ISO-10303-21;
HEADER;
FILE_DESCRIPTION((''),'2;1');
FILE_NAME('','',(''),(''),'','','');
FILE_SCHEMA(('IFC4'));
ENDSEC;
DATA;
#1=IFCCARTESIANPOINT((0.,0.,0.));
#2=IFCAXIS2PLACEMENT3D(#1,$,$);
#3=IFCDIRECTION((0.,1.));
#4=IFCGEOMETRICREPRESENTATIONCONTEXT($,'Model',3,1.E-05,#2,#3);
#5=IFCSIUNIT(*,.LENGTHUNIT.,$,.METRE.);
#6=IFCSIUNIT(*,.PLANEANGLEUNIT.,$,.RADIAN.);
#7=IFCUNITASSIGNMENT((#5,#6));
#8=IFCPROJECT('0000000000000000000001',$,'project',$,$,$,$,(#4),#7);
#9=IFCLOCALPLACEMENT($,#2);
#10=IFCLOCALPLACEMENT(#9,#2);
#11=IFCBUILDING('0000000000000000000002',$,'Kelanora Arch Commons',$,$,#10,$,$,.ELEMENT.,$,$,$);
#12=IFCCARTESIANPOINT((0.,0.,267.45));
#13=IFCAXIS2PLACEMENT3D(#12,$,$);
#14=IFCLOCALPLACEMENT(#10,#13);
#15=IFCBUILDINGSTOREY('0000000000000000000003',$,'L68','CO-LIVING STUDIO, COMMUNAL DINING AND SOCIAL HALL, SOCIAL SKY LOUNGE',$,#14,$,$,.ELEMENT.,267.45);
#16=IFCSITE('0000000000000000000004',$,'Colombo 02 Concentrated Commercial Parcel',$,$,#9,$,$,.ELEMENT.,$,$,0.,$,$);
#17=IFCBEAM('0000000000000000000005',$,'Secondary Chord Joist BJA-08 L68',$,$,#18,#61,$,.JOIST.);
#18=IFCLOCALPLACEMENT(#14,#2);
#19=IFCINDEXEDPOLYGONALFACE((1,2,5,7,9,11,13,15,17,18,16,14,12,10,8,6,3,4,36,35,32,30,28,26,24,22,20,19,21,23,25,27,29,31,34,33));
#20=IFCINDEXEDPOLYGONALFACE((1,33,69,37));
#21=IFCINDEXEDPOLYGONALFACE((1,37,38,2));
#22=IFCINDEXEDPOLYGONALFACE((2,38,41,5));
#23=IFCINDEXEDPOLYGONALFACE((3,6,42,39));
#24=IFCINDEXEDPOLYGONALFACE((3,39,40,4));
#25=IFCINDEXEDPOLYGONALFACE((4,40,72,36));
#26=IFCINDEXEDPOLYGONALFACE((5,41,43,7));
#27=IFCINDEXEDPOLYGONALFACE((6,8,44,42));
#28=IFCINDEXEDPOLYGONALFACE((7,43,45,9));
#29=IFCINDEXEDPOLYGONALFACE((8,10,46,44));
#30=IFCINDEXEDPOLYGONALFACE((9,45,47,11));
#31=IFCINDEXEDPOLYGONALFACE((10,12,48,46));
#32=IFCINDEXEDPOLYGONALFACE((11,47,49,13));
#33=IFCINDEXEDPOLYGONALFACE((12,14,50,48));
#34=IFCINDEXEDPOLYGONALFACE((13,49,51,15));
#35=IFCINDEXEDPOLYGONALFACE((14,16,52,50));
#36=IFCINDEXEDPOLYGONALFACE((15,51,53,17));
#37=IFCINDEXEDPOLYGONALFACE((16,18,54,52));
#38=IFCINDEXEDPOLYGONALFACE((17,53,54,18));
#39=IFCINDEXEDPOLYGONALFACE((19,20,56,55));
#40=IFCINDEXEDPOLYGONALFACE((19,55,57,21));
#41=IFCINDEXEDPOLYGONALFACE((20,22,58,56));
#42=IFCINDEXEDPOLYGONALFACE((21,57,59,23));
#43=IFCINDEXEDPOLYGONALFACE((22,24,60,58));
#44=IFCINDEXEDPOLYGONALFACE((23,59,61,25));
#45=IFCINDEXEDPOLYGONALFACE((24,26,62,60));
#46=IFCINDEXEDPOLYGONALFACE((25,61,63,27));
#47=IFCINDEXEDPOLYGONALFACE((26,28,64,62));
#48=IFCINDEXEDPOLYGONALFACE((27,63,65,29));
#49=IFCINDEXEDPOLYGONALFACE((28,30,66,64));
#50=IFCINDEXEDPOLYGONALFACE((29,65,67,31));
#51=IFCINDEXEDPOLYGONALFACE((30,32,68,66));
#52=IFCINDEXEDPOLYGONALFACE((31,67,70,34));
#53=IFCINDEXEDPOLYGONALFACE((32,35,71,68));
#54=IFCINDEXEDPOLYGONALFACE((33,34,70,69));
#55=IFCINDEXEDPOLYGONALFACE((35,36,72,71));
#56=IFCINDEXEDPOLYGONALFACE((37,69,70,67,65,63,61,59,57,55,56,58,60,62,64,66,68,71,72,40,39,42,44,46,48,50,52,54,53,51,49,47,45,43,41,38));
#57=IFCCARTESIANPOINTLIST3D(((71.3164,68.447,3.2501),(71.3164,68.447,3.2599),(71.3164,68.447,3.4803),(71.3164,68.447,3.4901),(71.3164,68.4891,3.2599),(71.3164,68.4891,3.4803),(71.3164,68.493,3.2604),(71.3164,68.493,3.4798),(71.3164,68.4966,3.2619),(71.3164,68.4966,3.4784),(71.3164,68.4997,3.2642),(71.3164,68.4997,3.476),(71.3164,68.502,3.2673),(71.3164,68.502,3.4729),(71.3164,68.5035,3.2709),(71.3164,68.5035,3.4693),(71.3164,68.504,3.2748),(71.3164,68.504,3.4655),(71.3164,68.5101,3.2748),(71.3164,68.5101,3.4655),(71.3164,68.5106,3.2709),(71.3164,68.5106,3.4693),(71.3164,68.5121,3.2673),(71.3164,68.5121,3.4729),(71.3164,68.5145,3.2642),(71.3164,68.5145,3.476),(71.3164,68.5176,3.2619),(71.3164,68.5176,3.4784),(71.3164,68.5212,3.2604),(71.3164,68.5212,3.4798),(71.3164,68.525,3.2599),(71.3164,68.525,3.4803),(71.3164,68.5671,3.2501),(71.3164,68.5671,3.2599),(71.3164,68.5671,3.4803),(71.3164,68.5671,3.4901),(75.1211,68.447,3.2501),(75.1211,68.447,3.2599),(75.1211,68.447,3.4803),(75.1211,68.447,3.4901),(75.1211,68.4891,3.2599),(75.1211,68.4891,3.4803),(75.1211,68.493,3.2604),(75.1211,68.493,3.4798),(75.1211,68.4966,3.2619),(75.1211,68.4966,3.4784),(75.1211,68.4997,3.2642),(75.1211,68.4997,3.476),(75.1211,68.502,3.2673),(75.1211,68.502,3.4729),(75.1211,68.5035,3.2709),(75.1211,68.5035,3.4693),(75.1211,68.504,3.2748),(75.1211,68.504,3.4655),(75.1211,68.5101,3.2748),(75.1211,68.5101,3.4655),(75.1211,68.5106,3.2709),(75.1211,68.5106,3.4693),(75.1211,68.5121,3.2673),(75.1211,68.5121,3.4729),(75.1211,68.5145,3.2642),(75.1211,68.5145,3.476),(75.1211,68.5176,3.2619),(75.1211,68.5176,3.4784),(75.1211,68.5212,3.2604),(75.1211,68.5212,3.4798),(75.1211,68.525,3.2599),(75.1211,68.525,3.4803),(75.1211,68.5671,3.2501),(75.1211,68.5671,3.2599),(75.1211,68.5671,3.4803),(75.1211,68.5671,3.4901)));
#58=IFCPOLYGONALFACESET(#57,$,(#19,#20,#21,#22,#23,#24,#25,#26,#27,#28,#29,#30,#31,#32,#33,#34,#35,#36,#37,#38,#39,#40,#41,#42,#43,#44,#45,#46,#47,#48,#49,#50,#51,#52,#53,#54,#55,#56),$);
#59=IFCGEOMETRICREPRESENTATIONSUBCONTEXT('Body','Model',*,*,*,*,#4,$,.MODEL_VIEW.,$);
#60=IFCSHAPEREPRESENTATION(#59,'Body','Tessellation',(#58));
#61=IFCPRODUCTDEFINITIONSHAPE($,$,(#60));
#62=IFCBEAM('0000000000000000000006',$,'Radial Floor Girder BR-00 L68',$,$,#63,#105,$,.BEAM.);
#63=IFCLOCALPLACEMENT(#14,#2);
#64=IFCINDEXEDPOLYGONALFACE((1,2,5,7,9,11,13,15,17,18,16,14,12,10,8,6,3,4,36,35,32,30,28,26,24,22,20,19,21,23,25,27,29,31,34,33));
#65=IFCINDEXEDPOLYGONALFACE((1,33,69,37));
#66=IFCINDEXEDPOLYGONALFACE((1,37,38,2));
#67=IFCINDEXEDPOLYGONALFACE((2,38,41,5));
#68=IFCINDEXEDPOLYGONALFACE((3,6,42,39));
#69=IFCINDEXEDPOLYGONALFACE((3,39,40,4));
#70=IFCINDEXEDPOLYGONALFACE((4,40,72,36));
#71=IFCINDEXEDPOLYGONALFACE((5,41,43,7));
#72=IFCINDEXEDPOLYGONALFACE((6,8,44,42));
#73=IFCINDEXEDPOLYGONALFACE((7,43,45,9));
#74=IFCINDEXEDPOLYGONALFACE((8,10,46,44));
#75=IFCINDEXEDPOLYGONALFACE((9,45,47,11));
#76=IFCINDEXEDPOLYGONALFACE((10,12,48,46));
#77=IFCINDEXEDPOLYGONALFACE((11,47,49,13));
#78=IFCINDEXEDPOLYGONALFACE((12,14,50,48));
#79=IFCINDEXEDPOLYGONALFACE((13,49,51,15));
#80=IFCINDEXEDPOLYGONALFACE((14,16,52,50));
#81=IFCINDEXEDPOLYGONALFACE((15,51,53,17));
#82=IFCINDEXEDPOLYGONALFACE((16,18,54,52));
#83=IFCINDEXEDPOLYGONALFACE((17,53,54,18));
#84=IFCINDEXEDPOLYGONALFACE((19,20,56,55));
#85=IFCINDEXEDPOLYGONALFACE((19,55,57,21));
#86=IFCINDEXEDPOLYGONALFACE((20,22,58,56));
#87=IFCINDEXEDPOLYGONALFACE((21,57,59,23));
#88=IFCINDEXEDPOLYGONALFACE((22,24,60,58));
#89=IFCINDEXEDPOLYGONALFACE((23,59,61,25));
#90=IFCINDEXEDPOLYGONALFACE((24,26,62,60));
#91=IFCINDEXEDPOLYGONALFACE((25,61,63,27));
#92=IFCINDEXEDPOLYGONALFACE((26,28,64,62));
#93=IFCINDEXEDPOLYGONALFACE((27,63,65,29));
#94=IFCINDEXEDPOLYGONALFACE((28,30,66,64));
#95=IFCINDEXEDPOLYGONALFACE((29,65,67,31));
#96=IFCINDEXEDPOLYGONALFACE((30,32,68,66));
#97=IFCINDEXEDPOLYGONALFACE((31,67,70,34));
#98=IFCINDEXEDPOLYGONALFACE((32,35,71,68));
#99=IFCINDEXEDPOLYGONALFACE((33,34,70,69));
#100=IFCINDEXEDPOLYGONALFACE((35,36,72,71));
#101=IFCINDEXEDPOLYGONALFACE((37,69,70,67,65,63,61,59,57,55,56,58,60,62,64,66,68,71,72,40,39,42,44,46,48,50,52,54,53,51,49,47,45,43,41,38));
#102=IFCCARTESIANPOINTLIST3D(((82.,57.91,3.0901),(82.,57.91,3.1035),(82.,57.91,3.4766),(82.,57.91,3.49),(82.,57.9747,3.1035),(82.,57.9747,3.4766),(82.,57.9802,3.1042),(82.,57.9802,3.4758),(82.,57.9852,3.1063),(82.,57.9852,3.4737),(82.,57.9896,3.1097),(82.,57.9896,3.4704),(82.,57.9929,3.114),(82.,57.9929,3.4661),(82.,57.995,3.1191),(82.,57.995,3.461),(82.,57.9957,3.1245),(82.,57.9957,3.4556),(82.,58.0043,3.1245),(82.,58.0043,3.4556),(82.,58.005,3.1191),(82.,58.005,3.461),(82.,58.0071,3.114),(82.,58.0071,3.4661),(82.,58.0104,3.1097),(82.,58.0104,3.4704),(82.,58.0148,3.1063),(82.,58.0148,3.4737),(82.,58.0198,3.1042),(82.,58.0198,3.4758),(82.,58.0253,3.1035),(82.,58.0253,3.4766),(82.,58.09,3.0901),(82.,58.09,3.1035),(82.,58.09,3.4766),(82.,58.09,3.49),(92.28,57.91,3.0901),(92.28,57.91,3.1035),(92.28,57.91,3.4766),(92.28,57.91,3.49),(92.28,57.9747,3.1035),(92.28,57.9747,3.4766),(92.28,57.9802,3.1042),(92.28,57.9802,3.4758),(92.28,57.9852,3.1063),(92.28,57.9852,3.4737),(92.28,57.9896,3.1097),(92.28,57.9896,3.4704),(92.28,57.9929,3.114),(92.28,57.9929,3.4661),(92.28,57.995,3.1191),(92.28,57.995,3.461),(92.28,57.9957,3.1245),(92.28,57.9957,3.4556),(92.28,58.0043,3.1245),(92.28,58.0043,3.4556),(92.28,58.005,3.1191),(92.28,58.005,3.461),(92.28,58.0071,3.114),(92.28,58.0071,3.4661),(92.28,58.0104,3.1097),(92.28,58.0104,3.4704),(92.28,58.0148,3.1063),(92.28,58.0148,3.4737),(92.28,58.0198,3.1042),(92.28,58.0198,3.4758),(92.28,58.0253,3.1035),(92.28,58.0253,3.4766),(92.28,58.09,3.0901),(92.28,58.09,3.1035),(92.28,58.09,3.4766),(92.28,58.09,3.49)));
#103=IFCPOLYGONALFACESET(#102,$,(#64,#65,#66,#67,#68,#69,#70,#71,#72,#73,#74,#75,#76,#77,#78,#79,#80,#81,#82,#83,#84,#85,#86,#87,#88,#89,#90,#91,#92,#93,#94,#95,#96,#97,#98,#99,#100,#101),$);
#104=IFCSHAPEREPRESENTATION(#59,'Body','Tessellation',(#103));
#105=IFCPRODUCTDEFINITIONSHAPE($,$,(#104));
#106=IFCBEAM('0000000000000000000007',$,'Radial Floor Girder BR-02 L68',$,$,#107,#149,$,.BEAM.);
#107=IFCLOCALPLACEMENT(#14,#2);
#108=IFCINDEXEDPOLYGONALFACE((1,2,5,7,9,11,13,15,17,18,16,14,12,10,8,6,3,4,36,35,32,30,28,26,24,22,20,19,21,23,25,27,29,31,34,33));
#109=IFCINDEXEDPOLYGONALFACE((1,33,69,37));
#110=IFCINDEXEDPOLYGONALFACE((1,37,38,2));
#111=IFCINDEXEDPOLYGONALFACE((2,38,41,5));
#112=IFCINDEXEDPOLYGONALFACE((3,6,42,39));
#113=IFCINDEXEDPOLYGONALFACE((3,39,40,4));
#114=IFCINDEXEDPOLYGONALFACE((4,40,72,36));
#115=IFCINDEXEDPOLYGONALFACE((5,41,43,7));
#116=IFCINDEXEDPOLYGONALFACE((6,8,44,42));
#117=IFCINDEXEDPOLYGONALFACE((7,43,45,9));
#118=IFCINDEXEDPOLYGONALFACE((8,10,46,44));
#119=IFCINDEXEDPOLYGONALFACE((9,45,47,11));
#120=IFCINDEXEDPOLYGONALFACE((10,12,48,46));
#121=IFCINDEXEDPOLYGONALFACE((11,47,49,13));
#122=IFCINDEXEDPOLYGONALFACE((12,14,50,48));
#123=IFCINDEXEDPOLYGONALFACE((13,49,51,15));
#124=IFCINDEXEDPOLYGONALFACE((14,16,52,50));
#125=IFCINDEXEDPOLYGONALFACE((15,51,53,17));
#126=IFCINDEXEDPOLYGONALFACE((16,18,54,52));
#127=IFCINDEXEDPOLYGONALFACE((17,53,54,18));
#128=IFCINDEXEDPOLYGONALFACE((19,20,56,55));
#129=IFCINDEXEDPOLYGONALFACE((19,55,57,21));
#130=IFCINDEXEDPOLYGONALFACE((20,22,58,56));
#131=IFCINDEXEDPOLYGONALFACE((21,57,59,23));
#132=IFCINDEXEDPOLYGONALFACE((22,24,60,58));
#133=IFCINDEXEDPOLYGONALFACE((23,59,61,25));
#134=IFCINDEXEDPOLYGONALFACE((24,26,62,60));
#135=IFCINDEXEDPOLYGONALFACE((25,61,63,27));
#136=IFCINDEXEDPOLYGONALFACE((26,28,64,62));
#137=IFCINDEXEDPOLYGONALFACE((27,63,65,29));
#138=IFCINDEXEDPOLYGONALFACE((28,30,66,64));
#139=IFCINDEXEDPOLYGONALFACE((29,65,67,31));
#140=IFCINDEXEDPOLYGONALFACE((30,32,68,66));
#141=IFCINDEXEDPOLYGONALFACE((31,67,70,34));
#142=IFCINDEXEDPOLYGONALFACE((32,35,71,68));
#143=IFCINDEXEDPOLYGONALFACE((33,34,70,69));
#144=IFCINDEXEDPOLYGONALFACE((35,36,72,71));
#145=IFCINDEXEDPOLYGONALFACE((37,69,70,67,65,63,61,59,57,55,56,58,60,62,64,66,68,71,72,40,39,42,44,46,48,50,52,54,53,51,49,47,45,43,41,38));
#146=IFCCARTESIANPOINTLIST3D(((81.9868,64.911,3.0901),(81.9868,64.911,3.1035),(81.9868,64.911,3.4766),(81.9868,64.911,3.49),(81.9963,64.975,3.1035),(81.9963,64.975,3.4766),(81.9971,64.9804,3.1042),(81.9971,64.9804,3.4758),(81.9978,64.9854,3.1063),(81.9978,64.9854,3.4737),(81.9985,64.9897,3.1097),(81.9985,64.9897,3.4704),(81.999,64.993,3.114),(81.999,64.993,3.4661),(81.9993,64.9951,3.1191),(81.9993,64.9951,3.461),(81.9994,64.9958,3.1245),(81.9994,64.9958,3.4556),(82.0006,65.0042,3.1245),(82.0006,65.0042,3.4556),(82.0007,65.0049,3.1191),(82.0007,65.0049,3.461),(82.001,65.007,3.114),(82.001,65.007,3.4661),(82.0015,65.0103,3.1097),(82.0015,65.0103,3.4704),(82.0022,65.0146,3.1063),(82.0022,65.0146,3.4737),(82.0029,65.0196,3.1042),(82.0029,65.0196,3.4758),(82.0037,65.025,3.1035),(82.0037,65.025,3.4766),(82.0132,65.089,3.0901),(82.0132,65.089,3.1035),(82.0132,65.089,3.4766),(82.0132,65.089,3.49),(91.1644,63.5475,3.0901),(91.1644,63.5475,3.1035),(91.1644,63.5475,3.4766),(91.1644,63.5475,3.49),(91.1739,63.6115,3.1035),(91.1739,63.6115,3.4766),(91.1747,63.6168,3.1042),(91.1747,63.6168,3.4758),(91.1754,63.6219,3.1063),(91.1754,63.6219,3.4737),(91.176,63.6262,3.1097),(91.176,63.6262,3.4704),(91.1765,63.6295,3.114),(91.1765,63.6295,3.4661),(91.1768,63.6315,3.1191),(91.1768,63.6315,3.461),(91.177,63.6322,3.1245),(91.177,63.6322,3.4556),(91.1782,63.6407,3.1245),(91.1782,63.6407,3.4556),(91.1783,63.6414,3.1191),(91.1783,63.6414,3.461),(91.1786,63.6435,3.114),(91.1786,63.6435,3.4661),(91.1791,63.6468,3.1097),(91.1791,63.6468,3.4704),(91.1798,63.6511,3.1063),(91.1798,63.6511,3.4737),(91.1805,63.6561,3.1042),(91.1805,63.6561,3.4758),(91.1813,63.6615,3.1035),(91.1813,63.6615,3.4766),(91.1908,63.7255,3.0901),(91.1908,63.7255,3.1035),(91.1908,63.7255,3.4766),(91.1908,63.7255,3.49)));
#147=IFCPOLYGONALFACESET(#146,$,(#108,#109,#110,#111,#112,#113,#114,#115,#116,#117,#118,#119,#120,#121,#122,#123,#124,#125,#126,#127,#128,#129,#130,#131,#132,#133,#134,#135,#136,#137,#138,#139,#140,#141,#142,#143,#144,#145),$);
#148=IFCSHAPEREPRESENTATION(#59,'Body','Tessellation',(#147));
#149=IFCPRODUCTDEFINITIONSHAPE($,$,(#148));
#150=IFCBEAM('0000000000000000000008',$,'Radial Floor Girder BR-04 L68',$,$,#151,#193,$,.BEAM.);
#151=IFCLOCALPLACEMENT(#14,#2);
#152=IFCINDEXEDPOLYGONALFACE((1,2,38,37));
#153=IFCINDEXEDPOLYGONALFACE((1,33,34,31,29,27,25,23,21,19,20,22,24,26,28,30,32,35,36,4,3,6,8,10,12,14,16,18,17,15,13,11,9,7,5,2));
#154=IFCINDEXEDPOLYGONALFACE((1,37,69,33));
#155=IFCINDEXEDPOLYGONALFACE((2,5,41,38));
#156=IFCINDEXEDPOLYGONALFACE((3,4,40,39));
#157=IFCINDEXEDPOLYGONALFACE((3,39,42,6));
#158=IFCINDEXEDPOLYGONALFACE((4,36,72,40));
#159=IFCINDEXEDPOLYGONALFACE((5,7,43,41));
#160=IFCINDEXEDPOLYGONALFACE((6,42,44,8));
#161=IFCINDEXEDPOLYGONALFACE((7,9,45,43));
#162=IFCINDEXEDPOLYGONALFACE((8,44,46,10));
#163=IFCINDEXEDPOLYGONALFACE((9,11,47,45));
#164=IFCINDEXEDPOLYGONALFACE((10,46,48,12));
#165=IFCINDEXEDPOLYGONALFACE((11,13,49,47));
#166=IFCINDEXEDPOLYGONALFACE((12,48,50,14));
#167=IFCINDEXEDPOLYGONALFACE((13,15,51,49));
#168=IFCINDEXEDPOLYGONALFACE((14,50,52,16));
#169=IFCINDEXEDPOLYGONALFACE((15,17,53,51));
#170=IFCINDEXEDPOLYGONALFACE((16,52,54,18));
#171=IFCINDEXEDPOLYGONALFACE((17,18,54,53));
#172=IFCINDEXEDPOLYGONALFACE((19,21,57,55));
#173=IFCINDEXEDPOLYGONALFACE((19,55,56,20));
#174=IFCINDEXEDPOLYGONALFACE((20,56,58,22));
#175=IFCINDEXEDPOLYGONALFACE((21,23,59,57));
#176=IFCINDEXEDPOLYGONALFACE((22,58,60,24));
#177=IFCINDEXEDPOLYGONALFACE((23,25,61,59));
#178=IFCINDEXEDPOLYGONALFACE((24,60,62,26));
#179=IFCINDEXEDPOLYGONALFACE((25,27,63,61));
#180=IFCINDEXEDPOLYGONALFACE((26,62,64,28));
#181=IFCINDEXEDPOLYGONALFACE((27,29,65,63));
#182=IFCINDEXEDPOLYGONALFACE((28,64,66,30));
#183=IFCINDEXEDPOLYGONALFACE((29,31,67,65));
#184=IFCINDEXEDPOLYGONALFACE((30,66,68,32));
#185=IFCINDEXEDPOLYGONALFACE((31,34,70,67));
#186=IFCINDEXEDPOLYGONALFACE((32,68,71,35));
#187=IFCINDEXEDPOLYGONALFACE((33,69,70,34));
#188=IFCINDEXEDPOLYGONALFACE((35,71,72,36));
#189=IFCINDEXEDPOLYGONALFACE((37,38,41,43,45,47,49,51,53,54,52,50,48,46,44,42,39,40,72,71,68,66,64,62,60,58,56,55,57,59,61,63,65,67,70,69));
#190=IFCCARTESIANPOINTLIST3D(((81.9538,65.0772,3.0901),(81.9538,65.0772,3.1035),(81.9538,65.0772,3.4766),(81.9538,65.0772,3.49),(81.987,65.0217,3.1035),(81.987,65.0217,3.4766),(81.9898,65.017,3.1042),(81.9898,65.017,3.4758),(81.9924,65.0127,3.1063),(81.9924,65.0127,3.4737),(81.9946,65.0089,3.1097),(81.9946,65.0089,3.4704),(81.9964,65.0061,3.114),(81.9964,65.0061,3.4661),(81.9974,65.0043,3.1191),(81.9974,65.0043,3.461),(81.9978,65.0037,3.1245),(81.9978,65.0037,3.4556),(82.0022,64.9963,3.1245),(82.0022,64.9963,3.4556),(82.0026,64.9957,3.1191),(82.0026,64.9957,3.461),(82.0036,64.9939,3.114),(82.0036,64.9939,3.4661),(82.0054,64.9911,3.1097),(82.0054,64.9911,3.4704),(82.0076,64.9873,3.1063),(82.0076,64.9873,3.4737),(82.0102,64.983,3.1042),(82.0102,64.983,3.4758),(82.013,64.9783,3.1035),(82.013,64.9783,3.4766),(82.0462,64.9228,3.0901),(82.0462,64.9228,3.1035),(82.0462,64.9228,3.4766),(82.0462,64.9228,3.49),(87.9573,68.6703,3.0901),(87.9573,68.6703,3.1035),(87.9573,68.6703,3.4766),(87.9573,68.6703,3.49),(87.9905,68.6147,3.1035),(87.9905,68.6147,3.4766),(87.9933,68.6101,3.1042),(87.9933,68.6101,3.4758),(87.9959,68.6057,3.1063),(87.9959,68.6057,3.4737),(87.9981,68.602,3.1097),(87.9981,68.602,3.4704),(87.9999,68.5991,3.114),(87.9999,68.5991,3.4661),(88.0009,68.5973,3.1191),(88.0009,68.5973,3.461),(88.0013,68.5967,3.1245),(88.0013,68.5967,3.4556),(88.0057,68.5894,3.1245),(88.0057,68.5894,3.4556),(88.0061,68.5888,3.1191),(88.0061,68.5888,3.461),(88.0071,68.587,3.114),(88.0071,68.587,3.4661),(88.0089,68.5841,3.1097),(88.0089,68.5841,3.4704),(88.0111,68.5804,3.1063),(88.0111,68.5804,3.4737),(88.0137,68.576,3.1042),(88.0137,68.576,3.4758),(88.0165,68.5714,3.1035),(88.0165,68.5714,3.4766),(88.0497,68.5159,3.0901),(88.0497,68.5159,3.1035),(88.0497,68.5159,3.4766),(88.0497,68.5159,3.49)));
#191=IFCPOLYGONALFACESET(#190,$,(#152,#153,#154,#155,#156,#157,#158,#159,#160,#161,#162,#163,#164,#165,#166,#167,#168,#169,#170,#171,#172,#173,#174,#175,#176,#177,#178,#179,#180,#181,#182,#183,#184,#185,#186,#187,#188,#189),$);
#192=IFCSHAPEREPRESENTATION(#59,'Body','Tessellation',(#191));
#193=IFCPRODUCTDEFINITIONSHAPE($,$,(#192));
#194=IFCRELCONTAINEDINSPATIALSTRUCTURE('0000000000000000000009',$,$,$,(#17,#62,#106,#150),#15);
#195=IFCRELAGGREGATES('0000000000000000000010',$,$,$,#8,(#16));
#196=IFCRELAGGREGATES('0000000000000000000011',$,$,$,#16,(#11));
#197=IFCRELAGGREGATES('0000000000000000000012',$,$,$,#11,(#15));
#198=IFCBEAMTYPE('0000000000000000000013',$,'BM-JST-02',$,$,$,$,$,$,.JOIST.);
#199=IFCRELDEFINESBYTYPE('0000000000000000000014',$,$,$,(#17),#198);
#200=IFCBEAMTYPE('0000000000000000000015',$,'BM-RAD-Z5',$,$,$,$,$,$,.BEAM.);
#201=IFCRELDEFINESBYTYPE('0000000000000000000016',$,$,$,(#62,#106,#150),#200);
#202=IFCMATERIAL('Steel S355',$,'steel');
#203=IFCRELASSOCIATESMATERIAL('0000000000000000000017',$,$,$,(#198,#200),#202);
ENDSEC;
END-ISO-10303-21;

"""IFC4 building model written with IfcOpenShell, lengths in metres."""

from ifc_helpers import new_model, si_unit, direction, frame, origin, origin_2d, place, context, subcontext, project, spatial, i_section, extrude, material, material_profile, profile_set, type_object, element, save


model = new_model("IFC4")

# Units and contexts
model_context = context("Model", 3, precision=1e-05, world=origin(), true_north=direction((0.0, 1.0)))
body_context = subcontext(model_context, "Body", "Model", "MODEL_VIEW")
ifc_project = project(units=[si_unit("LENGTHUNIT", "METRE"), si_unit("PLANEANGLEUNIT", "RADIAN")], contexts=[model_context])

# Site, building, storey
site_placement = place(None, origin())
site = spatial("IfcSite", under=ifc_project, at=site_placement, Name="Colombo 02 Concentrated Commercial Parcel", CompositionType="ELEMENT", RefElevation=0.0)
building_placement = place(site_placement, origin())
building = spatial("IfcBuilding", under=site, at=building_placement, Name="Kelanora Arch Commons", CompositionType="ELEMENT")
storey_placement = place(building_placement, frame((0.0, 0.0, 267.45)))
storey = spatial("IfcBuildingStorey", under=building, at=storey_placement, Name="L68", Description="CO-LIVING STUDIO, COMMUNAL DINING AND SOCIAL HALL, SOCIAL SKY LOUNGE", CompositionType="ELEMENT", Elevation=267.45)

# Beams
ifc_material_1 = material(Name="Steel S355", Category="steel")
ifc_material_profile_1 = material_profile(ifc_material_1, i_section(OverallWidth=0.1201, OverallDepth=0.24, WebThickness=0.0061, FlangeThickness=0.0098, FilletRadius=0.0149, at=origin_2d()), Name="IPE240")
ifc_profile_set_1 = profile_set([ifc_material_profile_1], Name="Steel S355")
beam_type_1 = type_object("IfcBeamType", Name="BM-JST-02", PredefinedType="JOIST", material=ifc_profile_set_1)
beam_1_placement = place(storey_placement, frame((75.1211, 68.5071, 3.3701), z_axis=(-1.0, 0.0, 0.0), x_axis=(0.0, -1.0, 0.0)))
element("IfcBeam", 1, at=beam_1_placement, inside=storey, type_object=beam_type_1, Name="Secondary Chord Joist BJA-08 L68", PredefinedType="JOIST", context=body_context, shape_type="SweptSolid", body=[
    extrude(i_section(OverallWidth=0.1201, OverallDepth=0.24, WebThickness=0.0061, FlangeThickness=0.0098, FilletRadius=0.0149, at=origin_2d()), origin(), (0.0, 0.0, 1.0), 3.8047),
])
ifc_material_profile_2 = material_profile(ifc_material_1, i_section(OverallWidth=0.1799, OverallDepth=0.3999, WebThickness=0.0085, FlangeThickness=0.0134, FilletRadius=0.021, at=origin_2d()), Name="IPE400")
ifc_profile_set_2 = profile_set([ifc_material_profile_2], Name="Steel S355")
beam_type_2 = type_object("IfcBeamType", Name="BM-RAD-Z5", PredefinedType="BEAM", material=ifc_profile_set_2)
beam_2_placement = place(storey_placement, frame((82.0, 58.0, 3.29), z_axis=(1.0, 0.0, 0.0), x_axis=(0.0, 1.0, 0.0)))
element("IfcBeam", 2, at=beam_2_placement, inside=storey, type_object=beam_type_2, Name="Radial Floor Girder BR-00 L68", PredefinedType="BEAM", context=body_context, shape_type="SweptSolid", body=[
    extrude(i_section(OverallWidth=0.1799, OverallDepth=0.3999, WebThickness=0.0085, FlangeThickness=0.0134, FilletRadius=0.021, at=origin_2d()), origin(), (0.0, 0.0, 1.0), 10.28),
])
beam_3_placement = place(storey_placement, frame((82.0, 65.0, 3.29), z_axis=(0.989142, -0.14696, 0.0), x_axis=(0.14696, 0.989142, 0.0)))
element("IfcBeam", 3, at=beam_3_placement, inside=storey, type_object=beam_type_2, Name="Radial Floor Girder BR-02 L68", PredefinedType="BEAM", context=body_context, shape_type="SweptSolid", body=[
    extrude(i_section(OverallWidth=0.1799, OverallDepth=0.3999, WebThickness=0.0085, FlangeThickness=0.0134, FilletRadius=0.021, at=origin_2d()), origin(), (0.0, 0.0, 1.0), 9.2783),
])
beam_4_placement = place(storey_placement, frame((82.0, 65.0, 3.29), z_axis=(0.858062, 0.513546, 0.0), x_axis=(-0.513546, 0.858062, 0.0)))
element("IfcBeam", 4, at=beam_4_placement, inside=storey, type_object=beam_type_2, Name="Radial Floor Girder BR-04 L68", PredefinedType="BEAM", context=body_context, shape_type="SweptSolid", body=[
    extrude(i_section(OverallWidth=0.1799, OverallDepth=0.3999, WebThickness=0.0085, FlangeThickness=0.0134, FilletRadius=0.021, at=origin_2d()), origin(), (0.0, 0.0, 1.0), 6.9966),
])

save(model, "model.ifc")
